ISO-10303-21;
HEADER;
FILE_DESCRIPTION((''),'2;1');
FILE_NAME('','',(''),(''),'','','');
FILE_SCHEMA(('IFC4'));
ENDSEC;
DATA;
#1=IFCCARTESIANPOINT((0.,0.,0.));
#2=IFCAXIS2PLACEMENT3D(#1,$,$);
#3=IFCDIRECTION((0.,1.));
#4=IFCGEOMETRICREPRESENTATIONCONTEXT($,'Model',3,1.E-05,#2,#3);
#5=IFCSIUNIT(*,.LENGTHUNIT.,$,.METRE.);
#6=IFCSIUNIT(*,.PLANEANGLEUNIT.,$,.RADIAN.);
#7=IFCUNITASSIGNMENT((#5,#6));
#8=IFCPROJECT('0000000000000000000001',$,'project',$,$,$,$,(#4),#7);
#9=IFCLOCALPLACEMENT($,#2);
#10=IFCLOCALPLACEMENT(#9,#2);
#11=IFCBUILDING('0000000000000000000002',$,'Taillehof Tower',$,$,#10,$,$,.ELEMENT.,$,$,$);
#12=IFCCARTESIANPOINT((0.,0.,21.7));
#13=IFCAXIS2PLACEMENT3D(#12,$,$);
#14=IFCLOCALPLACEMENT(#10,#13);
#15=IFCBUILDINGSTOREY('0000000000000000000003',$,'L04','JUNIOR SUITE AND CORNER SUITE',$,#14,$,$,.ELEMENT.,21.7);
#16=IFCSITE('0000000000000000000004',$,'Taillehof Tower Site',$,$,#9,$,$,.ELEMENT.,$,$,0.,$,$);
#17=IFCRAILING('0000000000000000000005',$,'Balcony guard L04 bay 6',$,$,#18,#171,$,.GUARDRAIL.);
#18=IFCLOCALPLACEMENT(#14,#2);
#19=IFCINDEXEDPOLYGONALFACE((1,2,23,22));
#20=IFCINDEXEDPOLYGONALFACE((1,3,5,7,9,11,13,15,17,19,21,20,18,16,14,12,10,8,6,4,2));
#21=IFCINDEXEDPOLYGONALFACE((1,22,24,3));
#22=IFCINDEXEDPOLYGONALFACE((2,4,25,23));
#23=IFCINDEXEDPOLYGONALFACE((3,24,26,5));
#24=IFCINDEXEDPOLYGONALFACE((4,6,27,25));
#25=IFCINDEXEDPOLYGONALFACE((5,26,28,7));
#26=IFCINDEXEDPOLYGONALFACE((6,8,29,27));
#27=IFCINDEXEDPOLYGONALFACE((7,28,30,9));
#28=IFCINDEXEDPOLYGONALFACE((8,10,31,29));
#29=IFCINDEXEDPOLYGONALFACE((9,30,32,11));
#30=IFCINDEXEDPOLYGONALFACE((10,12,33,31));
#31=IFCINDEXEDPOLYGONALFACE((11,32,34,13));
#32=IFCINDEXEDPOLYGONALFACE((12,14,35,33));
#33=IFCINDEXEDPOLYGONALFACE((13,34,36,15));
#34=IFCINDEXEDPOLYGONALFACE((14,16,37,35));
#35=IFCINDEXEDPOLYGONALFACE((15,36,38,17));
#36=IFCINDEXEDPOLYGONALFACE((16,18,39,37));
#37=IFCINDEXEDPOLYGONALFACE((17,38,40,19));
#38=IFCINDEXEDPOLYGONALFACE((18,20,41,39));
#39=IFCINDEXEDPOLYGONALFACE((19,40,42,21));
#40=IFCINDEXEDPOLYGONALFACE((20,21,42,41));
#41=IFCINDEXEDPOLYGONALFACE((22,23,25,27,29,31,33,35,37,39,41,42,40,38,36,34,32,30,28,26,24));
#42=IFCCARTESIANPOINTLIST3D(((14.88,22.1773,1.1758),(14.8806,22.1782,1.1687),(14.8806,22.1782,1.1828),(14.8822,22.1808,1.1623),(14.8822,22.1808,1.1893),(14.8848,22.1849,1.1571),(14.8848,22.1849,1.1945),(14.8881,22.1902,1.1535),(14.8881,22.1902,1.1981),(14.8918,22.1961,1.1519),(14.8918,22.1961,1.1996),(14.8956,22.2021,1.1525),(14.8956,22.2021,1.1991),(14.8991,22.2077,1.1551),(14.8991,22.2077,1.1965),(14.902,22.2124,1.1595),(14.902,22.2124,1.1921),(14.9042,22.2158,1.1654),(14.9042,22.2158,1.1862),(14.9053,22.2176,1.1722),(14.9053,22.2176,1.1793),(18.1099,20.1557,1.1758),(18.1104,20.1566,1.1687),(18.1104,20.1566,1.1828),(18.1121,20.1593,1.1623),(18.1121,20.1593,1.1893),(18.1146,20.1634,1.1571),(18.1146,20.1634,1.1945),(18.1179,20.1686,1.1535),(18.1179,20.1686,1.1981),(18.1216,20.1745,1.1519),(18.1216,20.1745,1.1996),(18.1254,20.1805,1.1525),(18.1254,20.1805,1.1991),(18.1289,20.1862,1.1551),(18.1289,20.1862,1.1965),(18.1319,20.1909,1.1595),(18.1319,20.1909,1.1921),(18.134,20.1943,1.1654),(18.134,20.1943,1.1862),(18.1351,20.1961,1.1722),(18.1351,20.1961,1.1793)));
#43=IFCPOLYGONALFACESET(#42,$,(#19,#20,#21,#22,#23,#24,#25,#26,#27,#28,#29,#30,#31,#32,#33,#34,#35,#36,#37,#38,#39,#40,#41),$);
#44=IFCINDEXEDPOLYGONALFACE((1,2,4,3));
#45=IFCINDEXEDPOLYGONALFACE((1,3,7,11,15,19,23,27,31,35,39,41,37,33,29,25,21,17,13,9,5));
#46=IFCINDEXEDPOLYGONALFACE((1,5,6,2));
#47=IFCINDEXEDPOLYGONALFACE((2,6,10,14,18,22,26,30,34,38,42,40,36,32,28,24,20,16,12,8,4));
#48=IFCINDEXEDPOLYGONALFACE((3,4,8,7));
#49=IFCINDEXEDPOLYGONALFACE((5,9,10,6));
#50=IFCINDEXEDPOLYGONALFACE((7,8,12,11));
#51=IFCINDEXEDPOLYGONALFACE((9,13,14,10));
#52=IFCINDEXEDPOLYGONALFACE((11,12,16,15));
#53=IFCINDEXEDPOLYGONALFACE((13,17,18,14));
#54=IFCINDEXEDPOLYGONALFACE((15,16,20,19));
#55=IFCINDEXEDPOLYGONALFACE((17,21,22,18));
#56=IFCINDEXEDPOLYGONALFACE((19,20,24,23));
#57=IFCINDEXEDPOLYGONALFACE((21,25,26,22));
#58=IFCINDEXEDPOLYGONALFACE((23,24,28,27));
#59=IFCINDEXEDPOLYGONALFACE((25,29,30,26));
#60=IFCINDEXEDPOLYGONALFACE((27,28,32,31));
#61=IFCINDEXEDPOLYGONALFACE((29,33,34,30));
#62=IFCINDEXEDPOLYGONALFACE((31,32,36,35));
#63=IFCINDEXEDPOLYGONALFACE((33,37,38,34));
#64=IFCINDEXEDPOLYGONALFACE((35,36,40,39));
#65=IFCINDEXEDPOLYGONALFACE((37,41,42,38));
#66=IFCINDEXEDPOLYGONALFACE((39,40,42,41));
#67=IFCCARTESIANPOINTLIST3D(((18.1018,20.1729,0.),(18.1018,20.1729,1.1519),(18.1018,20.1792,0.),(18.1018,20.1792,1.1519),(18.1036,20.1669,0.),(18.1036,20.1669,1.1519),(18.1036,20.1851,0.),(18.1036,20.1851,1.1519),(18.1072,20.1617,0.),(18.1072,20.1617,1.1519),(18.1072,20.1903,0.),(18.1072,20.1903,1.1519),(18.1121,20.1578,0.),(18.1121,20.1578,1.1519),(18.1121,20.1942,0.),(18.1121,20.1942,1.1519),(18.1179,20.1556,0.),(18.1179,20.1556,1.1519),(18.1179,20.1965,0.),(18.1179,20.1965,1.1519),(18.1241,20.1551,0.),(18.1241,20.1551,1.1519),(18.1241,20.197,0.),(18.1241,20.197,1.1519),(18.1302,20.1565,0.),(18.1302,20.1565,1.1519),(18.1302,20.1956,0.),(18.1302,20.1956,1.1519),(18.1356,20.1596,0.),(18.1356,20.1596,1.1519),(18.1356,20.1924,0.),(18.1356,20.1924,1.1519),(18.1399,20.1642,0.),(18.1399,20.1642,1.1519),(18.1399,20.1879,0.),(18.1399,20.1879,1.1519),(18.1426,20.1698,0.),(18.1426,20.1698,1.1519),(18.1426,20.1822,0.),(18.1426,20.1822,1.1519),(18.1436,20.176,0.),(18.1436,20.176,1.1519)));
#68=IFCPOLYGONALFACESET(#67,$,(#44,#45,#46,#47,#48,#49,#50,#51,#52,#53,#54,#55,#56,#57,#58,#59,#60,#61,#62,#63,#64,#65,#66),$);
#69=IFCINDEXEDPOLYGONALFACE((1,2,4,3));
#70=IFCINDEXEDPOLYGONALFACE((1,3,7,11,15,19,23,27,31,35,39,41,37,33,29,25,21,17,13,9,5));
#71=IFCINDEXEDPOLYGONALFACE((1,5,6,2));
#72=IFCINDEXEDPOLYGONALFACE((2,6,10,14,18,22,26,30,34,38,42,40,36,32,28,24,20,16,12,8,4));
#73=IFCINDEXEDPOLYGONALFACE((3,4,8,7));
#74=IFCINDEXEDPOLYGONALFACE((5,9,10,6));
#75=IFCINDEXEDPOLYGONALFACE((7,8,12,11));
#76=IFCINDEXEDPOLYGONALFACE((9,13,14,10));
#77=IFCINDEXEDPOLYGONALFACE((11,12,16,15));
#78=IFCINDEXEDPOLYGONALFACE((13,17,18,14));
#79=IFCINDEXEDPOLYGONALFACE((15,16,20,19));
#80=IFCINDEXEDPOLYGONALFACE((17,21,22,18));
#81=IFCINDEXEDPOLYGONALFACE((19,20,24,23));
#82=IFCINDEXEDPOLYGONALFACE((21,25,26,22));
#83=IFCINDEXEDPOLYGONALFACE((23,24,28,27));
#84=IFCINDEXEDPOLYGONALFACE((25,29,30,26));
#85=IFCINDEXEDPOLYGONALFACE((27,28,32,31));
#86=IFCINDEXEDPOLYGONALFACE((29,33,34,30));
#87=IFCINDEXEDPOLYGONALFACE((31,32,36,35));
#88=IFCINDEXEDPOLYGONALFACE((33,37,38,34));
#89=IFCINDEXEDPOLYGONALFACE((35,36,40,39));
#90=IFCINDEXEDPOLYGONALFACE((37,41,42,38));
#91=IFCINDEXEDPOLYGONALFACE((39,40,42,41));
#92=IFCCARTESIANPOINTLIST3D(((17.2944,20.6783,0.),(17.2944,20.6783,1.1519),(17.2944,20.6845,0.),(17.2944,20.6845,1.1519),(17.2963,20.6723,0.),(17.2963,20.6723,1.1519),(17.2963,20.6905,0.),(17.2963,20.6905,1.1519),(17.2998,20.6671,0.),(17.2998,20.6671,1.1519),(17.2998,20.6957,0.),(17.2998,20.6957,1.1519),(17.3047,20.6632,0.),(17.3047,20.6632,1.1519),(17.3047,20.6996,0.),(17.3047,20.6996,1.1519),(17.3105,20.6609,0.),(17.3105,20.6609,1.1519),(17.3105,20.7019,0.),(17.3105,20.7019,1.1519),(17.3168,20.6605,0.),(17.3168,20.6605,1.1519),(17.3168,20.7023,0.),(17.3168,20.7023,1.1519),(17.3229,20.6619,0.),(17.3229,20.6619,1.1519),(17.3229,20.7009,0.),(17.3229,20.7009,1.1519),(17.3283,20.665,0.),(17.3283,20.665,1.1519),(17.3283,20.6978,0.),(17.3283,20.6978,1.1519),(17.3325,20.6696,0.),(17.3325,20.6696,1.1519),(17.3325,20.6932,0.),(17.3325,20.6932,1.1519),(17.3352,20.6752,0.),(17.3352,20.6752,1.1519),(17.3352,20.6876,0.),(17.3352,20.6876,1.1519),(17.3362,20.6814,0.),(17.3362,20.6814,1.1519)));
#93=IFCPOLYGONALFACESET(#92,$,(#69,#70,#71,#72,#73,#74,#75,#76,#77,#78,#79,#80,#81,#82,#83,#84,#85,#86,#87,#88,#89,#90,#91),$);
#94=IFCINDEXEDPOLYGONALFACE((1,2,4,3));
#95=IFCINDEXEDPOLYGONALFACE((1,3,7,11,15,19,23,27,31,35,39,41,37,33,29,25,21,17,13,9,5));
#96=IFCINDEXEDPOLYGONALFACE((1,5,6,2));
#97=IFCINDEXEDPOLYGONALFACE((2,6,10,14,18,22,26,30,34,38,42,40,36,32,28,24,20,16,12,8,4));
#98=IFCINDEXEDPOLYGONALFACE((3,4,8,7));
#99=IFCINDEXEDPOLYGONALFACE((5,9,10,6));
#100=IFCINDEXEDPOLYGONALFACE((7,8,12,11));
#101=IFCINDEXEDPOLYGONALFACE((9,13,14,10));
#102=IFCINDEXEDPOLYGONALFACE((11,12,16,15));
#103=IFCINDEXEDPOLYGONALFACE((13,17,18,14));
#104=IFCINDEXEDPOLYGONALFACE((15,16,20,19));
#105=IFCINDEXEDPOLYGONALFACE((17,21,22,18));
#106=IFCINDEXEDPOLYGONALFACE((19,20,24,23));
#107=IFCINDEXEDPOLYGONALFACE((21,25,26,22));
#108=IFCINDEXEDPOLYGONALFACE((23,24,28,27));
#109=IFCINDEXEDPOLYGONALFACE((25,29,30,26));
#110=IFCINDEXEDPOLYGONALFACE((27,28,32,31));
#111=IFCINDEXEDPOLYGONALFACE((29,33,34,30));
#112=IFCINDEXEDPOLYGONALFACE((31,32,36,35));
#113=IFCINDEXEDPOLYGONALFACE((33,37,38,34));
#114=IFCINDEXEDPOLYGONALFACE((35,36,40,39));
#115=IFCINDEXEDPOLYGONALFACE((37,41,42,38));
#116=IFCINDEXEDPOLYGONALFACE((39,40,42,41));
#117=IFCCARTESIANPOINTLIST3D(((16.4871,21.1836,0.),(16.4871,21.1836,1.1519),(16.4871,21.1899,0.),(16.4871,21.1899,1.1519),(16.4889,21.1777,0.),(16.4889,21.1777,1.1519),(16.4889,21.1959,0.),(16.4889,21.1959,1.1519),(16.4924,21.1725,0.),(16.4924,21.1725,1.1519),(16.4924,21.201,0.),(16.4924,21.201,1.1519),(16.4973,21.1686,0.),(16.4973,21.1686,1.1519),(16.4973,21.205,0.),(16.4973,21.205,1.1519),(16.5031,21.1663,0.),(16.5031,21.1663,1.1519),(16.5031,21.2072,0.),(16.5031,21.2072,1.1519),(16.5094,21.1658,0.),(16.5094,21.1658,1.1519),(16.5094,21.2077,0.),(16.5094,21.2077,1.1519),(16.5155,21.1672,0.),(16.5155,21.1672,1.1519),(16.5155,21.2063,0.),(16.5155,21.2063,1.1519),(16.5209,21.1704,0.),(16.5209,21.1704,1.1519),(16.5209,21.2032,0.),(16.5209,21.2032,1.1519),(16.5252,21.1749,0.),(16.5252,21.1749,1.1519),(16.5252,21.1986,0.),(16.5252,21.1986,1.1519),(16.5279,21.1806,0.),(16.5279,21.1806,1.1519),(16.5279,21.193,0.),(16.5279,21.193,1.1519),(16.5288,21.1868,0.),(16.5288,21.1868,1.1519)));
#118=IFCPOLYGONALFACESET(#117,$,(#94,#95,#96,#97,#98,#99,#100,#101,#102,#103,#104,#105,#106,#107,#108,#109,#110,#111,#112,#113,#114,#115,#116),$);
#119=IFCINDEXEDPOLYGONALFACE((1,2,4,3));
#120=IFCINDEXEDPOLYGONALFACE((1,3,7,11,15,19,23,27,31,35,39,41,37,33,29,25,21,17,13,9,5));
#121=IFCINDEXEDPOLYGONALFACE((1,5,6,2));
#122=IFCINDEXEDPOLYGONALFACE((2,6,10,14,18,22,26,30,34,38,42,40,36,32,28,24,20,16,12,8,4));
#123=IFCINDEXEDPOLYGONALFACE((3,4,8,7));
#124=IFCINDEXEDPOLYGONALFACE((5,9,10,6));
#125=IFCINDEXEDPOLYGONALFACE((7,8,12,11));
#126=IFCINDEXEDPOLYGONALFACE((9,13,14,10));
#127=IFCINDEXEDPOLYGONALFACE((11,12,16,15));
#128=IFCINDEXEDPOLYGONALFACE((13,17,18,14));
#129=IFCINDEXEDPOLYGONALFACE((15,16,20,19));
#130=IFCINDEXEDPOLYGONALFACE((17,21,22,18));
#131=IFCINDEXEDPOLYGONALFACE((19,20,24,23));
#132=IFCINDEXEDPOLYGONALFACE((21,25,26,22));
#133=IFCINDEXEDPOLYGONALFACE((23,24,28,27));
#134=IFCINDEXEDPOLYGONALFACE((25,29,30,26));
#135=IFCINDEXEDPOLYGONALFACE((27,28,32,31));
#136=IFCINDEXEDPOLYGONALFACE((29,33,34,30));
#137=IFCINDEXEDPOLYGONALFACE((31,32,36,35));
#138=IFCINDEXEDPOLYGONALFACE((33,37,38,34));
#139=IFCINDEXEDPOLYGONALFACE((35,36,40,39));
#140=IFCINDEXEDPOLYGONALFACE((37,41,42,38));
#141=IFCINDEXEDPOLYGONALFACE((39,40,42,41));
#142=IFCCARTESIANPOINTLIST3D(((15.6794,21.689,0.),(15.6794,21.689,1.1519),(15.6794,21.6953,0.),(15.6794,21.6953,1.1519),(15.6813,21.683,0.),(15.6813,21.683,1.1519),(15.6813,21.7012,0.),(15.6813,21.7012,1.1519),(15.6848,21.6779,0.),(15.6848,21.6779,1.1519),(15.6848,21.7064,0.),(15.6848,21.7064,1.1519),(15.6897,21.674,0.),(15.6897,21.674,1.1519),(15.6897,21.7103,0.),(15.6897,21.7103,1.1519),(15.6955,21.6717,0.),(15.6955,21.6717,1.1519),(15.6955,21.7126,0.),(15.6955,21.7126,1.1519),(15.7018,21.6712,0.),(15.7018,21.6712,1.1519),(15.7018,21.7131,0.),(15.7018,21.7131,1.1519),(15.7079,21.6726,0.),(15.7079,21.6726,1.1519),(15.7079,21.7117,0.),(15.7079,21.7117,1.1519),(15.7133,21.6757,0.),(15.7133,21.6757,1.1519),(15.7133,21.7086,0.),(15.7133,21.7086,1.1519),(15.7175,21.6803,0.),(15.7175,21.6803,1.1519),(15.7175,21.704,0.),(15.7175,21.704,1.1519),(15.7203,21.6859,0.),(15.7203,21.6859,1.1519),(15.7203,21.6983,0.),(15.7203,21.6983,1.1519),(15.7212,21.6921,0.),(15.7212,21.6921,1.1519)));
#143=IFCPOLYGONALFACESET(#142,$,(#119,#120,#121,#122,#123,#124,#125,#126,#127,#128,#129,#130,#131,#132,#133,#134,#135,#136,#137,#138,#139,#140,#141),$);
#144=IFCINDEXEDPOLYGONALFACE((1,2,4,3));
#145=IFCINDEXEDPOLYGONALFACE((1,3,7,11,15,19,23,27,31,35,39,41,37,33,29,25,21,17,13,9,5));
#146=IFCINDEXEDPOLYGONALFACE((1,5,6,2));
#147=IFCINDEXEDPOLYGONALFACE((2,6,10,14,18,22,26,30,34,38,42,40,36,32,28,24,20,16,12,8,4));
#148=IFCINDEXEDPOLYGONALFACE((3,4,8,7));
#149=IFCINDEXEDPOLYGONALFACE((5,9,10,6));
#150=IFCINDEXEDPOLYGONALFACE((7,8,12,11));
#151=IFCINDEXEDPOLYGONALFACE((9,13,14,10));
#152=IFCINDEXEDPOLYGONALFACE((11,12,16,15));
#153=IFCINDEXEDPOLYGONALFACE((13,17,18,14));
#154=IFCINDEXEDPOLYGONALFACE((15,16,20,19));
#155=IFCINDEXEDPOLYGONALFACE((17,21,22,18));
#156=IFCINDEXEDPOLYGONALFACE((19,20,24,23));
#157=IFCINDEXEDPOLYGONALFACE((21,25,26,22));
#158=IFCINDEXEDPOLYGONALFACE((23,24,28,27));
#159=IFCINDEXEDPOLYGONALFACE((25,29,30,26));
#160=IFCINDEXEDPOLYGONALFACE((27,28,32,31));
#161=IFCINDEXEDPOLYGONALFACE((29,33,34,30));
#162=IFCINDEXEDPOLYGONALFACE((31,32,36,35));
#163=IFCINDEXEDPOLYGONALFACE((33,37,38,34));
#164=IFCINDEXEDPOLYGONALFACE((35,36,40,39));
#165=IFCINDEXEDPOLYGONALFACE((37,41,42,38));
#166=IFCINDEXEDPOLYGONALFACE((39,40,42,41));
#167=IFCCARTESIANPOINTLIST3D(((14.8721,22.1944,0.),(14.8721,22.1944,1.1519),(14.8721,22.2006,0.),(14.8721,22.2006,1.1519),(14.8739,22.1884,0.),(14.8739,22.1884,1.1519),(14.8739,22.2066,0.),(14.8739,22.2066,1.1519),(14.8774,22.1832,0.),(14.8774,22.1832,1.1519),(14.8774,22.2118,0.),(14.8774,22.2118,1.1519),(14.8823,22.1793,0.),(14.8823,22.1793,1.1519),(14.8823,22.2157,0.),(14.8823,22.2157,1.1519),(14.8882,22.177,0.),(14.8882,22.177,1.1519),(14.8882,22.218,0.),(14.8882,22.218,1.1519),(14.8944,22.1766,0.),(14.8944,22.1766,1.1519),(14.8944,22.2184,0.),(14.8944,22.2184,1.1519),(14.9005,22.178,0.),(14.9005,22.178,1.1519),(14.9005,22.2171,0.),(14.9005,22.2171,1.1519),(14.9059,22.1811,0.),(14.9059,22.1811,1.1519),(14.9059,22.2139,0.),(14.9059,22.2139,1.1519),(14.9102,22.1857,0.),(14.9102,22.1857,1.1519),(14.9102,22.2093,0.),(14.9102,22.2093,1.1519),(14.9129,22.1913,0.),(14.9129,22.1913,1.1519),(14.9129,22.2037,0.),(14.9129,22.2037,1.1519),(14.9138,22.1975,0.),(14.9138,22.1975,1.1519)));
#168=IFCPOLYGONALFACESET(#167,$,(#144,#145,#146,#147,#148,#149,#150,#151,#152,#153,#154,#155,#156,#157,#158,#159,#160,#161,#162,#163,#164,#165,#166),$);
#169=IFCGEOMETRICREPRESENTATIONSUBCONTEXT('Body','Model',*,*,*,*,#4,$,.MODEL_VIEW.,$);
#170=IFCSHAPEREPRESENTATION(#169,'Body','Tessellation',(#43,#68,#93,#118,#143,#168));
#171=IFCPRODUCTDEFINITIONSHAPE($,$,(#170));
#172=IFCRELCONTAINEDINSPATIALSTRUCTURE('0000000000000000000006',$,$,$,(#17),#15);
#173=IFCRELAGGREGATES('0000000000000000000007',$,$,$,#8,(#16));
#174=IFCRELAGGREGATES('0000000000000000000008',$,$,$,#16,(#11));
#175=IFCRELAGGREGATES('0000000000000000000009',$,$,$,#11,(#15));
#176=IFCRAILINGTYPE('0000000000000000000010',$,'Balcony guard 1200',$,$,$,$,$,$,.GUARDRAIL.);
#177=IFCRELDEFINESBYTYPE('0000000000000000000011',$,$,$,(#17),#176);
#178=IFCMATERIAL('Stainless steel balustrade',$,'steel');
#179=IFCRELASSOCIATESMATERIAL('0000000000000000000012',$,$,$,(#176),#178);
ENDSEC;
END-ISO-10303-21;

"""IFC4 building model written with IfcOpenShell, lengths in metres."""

from ifc_helpers import new_model, si_unit, direction, frame, origin, origin_2d, place, context, subcontext, project, spatial, circle, extrude, material, type_object, element, save


model = new_model("IFC4")

# Units and contexts
model_context = context("Model", 3, precision=1e-05, world=origin(), true_north=direction((0.0, 1.0)))
body_context = subcontext(model_context, "Body", "Model", "MODEL_VIEW")
ifc_project = project(units=[si_unit("LENGTHUNIT", "METRE"), si_unit("PLANEANGLEUNIT", "RADIAN")], contexts=[model_context])

# Site, building, storey
site_placement = place(None, origin())
site = spatial("IfcSite", under=ifc_project, at=site_placement, Name="Taillehof Tower Site", CompositionType="ELEMENT", RefElevation=0.0)
building_placement = place(site_placement, origin())
building = spatial("IfcBuilding", under=site, at=building_placement, Name="Taillehof Tower", CompositionType="ELEMENT")
storey_placement = place(building_placement, frame((0.0, 0.0, 21.7)))
storey = spatial("IfcBuildingStorey", under=building, at=storey_placement, Name="L04", Description="JUNIOR SUITE AND CORNER SUITE", CompositionType="ELEMENT", Elevation=21.7)

# Railing
ifc_material_1 = material(Name="Stainless steel balustrade", Category="steel")
railing_type = type_object("IfcRailingType", Name="Balcony guard 1200", PredefinedType="GUARDRAIL", material=ifc_material_1)
railing_placement = place(storey_placement, frame((18.1226, 20.176, 0.0)))
element("IfcRailing", 1, at=railing_placement, inside=storey, type_object=railing_type, Name="Balcony guard L04 bay 6", PredefinedType="GUARDRAIL", context=body_context, shape_type="SweptSolid", body=[
    extrude(circle(Radius=0.0239, at=origin_2d()), frame((0.0, 0.0, 1.1758), z_axis=(-0.847656, 0.530546, 0.0), x_axis=(-0.530546, -0.847656, 0.0)), (0.0, 0.0, 1.0), 3.8103),
    extrude(circle(Radius=0.021, at=origin_2d()), origin(), (0.0, 0.0, 1.0), 1.1519),
    extrude(circle(Radius=0.021, at=origin_2d()), frame((-0.8074, 0.5054, 0.0)), (0.0, 0.0, 1.0), 1.1519),
    extrude(circle(Radius=0.021, at=origin_2d()), frame((-1.6147, 1.0107, 0.0)), (0.0, 0.0, 1.0), 1.1519),
    extrude(circle(Radius=0.021, at=origin_2d()), frame((-2.4224, 1.5161, 0.0)), (0.0, 0.0, 1.0), 1.1519),
    extrude(circle(Radius=0.021, at=origin_2d()), frame((-3.2297, 2.0215, 0.0)), (0.0, 0.0, 1.0), 1.1519),
])

save(model, "model.ifc")
